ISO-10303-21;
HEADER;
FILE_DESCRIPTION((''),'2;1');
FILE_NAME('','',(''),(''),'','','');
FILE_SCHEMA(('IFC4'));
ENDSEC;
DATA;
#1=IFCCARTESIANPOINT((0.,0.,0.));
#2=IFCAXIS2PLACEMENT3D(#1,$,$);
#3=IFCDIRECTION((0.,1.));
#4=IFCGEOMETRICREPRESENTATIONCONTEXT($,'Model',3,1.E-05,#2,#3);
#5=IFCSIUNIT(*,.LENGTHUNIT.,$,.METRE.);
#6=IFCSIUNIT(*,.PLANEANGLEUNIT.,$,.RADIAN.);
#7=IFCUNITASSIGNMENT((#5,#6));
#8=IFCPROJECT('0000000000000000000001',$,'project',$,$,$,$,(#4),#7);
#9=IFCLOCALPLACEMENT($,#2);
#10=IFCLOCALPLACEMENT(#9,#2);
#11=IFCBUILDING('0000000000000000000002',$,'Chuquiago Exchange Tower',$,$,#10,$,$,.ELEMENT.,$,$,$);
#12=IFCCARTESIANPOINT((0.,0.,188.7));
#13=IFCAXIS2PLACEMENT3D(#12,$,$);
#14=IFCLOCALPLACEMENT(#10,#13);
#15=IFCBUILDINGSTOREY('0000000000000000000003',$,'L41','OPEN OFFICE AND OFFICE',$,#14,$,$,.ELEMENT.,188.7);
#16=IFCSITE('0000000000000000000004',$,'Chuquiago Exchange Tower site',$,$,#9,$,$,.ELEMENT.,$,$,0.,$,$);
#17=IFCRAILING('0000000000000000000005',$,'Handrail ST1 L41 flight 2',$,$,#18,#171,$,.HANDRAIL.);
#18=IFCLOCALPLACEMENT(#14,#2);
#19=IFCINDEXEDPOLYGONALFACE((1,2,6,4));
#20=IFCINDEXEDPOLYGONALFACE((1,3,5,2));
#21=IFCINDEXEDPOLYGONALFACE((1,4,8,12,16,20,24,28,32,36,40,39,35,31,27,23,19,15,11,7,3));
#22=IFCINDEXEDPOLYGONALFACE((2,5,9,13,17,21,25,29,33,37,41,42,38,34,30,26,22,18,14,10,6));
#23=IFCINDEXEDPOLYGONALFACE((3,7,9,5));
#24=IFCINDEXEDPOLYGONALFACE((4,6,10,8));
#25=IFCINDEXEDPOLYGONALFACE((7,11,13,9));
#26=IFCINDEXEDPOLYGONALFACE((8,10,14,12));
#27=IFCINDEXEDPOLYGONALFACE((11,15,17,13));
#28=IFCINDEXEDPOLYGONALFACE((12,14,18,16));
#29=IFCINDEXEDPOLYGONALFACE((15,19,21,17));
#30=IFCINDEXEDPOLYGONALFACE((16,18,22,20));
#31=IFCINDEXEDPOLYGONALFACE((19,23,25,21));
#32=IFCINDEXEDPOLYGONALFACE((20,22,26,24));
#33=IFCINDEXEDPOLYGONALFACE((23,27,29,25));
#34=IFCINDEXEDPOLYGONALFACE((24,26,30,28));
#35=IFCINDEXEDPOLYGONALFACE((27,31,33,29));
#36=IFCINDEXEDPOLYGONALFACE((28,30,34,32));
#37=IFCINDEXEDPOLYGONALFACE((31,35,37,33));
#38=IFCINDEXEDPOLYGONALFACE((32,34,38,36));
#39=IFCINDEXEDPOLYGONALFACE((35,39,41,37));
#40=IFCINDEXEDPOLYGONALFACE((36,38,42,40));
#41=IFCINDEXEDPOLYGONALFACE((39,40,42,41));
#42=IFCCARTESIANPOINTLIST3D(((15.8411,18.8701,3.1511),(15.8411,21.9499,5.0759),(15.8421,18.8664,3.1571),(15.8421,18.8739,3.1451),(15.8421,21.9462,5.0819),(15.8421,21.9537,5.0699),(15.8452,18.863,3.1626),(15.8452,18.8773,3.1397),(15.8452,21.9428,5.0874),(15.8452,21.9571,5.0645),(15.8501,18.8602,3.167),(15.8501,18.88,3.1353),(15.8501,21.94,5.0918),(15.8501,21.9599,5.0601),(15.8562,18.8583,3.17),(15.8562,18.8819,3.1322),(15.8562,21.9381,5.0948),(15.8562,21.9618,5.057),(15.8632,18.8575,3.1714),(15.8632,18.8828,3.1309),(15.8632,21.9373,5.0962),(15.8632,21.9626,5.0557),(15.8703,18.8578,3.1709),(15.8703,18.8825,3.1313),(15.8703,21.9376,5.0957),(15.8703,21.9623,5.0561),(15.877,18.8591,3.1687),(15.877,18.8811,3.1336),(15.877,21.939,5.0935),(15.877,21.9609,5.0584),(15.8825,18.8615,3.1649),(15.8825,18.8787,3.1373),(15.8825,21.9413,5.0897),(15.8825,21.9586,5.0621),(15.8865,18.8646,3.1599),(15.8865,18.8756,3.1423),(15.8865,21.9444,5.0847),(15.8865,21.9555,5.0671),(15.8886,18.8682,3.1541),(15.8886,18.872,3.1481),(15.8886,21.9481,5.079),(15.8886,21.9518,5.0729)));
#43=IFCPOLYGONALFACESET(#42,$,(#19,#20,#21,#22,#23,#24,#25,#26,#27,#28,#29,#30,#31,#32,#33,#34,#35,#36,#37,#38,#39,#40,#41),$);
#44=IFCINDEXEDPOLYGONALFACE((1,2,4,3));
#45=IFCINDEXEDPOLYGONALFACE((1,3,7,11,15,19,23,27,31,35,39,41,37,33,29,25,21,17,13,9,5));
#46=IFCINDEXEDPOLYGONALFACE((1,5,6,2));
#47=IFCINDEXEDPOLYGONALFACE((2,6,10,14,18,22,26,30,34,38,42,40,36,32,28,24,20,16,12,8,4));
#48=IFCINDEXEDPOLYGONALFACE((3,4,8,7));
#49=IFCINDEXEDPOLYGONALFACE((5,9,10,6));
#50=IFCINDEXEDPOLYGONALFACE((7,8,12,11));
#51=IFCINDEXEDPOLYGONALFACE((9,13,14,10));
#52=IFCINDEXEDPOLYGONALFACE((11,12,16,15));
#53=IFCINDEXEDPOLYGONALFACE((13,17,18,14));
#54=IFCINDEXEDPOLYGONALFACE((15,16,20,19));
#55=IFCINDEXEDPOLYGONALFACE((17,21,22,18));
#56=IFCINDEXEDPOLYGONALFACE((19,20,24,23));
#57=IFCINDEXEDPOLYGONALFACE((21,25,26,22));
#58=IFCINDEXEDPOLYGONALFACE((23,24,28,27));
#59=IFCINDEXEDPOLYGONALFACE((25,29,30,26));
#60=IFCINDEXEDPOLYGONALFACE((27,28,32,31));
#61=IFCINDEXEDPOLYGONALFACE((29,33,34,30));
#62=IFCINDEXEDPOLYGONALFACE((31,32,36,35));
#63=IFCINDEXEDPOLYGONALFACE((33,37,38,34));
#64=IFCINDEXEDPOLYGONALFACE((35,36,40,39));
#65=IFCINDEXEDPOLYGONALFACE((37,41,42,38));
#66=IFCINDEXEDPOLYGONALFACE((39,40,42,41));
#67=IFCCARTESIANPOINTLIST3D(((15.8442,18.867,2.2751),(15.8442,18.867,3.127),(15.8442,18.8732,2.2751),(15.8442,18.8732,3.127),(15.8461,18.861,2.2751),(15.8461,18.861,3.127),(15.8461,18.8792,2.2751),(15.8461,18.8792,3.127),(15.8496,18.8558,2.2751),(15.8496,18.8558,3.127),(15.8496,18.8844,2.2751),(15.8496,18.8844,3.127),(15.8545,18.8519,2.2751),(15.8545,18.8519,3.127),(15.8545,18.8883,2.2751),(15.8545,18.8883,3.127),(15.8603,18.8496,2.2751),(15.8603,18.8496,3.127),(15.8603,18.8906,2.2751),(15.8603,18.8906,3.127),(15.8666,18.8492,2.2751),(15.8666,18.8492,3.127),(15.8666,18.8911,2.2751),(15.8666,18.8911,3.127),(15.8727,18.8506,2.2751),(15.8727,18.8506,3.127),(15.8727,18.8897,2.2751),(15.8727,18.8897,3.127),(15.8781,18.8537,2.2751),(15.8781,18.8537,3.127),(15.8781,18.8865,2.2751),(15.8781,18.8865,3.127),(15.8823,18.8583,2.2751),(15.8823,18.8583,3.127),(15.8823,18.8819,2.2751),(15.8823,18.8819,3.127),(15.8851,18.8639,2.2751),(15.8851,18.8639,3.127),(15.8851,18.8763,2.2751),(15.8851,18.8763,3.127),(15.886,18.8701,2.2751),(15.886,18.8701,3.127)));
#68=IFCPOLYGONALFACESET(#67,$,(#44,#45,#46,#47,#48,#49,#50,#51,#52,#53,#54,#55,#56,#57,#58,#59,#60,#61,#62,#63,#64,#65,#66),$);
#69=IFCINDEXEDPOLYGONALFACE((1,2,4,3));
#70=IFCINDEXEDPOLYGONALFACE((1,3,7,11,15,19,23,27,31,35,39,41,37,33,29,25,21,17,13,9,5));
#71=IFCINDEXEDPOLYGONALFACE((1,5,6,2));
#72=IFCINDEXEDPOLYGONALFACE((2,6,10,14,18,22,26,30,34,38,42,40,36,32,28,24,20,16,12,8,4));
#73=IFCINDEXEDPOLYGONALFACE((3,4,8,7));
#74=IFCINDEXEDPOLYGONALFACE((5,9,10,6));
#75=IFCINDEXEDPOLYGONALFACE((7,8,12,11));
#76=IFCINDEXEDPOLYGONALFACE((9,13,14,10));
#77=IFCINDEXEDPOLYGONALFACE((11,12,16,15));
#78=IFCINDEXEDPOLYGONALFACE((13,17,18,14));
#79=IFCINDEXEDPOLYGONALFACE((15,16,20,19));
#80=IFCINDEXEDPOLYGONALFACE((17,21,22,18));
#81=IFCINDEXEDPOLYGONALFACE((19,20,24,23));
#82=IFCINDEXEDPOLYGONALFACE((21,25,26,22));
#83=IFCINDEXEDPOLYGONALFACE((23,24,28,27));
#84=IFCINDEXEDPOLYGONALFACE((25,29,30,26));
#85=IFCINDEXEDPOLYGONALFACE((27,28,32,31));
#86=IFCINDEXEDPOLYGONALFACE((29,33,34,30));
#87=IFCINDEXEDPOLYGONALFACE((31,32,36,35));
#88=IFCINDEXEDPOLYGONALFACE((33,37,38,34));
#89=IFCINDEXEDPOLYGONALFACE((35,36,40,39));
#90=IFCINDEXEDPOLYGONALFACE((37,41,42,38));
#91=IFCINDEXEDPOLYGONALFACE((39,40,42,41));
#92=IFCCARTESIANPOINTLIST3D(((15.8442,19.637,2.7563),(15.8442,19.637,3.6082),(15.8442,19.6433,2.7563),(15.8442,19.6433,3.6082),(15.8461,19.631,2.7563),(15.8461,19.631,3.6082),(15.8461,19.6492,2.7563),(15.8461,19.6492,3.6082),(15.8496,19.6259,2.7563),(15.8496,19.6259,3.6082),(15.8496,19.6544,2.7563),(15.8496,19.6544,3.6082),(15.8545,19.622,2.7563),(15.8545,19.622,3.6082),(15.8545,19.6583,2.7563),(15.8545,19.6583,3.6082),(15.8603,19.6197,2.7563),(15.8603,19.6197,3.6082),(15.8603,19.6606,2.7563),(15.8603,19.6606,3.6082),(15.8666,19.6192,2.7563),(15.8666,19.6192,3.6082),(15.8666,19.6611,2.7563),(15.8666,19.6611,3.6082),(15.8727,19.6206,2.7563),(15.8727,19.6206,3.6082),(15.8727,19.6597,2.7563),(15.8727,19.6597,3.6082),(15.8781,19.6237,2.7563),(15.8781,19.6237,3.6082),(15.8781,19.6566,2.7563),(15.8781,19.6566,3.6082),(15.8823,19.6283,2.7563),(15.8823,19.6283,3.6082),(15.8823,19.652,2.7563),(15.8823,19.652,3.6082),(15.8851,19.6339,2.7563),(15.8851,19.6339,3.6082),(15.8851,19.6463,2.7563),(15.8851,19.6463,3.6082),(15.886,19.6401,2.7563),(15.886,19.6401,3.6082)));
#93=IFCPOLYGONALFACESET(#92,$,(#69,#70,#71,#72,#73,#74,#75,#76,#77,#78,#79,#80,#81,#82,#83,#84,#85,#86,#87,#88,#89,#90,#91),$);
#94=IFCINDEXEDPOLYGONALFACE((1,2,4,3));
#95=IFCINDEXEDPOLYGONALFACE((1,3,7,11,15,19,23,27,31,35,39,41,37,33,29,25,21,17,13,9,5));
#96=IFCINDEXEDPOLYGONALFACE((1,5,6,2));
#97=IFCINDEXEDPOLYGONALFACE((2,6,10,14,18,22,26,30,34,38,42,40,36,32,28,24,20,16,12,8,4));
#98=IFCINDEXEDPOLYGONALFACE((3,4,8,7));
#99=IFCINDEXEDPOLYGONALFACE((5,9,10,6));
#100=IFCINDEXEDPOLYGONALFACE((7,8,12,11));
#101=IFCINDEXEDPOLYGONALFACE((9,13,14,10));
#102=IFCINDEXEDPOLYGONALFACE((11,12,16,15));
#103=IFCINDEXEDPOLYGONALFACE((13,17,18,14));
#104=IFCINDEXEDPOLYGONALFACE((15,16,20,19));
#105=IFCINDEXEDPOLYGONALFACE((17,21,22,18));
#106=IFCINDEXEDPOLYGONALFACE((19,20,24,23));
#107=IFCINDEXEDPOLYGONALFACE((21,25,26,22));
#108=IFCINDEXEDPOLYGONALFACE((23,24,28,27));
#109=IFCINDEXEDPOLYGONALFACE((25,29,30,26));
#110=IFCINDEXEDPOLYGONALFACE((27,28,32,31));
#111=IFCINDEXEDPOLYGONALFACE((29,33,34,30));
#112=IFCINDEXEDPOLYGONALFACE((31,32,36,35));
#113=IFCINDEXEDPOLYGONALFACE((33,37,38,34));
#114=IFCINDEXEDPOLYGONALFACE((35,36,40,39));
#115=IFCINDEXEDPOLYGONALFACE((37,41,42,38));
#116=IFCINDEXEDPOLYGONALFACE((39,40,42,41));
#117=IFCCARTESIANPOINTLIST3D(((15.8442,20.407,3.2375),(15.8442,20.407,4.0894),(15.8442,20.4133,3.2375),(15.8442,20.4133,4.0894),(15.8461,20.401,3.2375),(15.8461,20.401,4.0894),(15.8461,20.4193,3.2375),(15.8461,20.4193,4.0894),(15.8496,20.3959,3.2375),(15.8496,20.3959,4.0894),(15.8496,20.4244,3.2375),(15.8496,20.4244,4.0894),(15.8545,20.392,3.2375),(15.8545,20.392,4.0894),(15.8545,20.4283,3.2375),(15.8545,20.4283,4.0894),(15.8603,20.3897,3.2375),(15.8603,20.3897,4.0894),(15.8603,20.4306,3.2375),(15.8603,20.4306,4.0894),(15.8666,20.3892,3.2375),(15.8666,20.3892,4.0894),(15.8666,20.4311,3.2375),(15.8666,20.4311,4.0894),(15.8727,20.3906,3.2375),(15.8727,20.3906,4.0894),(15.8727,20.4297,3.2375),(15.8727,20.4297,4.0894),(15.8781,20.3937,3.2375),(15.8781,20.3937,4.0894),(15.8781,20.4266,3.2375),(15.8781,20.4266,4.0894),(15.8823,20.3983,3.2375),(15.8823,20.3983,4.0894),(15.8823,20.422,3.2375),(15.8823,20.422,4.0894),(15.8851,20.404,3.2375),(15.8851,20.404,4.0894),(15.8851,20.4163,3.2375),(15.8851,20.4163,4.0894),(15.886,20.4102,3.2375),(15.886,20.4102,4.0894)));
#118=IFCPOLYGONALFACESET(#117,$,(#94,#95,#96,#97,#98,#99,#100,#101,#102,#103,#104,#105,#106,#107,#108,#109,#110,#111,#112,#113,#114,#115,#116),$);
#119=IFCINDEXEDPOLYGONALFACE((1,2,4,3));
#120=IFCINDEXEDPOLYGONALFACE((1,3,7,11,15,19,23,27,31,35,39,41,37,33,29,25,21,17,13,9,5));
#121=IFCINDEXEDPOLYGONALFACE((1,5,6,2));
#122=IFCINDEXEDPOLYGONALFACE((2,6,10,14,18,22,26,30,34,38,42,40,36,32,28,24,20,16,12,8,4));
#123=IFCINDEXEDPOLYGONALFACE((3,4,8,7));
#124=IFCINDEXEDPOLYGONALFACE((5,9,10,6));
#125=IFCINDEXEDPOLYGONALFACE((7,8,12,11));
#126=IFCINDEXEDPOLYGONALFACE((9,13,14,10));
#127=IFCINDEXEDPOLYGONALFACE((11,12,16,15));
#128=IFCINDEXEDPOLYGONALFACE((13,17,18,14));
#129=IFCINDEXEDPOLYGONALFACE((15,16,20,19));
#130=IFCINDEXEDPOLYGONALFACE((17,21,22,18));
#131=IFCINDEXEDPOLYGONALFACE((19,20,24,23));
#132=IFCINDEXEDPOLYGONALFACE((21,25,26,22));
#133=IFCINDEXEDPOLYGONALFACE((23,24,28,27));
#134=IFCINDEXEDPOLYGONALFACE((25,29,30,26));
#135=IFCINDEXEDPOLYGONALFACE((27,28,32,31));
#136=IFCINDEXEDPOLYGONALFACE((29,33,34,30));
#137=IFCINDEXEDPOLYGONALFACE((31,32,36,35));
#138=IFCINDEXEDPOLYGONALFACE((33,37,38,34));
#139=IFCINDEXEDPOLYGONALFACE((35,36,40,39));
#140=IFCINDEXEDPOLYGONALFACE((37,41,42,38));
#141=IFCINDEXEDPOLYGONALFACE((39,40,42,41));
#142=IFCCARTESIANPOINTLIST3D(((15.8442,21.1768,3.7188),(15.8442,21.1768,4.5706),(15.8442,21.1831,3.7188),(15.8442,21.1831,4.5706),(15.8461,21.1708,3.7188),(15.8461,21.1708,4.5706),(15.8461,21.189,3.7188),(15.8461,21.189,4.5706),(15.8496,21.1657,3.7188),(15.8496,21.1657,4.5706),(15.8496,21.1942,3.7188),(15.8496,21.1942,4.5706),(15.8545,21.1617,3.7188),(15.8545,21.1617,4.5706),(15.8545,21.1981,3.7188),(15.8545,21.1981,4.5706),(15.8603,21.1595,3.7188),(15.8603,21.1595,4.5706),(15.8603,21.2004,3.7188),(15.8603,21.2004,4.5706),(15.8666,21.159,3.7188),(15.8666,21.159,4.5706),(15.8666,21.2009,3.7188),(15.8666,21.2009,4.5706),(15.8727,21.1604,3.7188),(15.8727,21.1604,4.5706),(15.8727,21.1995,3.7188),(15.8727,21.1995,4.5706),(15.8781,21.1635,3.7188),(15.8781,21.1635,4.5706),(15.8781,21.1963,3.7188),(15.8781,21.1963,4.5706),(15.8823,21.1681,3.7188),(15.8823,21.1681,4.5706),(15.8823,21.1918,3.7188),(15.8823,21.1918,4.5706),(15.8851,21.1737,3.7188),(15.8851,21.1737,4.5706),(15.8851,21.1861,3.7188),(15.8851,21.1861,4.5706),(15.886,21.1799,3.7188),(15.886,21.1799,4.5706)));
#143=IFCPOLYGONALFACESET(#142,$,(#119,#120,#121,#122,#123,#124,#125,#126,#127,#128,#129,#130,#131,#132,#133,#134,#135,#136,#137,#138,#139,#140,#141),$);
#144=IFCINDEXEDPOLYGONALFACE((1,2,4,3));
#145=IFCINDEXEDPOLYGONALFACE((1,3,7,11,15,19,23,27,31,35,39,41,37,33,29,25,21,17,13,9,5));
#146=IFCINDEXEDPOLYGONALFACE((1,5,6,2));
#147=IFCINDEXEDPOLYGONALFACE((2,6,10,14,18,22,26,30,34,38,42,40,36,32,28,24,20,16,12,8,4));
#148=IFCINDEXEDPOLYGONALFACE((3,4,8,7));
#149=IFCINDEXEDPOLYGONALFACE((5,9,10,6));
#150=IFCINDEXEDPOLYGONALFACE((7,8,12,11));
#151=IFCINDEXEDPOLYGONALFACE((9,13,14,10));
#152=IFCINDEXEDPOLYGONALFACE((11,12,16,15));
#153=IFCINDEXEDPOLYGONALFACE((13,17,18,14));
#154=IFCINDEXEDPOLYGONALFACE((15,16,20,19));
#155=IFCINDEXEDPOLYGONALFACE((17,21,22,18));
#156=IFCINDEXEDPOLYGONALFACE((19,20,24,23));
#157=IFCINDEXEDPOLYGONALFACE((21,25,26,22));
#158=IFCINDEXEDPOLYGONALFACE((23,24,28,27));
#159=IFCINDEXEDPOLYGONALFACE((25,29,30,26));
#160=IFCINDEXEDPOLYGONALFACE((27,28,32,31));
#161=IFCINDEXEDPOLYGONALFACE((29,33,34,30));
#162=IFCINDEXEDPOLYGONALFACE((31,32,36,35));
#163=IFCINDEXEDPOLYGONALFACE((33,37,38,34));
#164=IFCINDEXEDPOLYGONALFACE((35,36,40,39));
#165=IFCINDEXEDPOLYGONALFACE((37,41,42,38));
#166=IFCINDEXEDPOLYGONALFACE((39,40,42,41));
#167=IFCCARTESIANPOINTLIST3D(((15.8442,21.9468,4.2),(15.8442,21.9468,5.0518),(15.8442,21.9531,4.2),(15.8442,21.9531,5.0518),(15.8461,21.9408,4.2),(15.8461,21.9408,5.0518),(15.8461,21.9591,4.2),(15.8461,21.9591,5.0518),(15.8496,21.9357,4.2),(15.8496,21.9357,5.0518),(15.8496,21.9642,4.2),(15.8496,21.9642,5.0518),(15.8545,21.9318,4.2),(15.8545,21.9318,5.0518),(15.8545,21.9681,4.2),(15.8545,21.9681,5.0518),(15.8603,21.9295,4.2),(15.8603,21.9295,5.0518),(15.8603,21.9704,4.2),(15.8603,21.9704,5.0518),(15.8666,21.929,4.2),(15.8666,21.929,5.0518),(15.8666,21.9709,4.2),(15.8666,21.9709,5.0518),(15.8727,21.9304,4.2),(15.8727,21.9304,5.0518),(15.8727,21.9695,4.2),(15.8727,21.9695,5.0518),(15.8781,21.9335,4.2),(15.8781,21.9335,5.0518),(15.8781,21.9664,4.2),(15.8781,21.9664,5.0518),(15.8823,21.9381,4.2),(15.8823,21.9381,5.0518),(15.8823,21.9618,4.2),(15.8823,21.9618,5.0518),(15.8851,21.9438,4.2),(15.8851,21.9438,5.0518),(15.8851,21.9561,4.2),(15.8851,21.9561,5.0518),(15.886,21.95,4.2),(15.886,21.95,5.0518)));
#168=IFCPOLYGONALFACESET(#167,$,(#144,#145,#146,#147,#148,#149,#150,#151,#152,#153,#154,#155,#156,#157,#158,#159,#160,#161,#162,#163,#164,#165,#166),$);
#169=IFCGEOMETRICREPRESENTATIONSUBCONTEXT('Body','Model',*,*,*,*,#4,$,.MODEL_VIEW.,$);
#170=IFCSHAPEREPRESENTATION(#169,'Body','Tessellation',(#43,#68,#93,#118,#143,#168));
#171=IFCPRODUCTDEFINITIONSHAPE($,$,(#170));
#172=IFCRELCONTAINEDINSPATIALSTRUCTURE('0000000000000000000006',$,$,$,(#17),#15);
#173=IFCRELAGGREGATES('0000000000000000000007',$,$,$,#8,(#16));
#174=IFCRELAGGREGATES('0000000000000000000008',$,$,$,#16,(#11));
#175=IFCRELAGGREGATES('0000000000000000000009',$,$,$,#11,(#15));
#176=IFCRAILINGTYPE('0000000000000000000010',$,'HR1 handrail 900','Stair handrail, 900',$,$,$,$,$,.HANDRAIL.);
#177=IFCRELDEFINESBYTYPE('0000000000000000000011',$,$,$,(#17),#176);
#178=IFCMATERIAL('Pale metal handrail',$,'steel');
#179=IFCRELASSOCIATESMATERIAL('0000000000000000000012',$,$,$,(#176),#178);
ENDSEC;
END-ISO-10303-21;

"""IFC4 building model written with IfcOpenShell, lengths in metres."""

from ifc_helpers import new_model, si_unit, direction, frame, origin, origin_2d, place, context, subcontext, project, spatial, circle, extrude, material, type_object, element, save


model = new_model("IFC4")

# Units and contexts
model_context = context("Model", 3, precision=1e-05, world=origin(), true_north=direction((0.0, 1.0)))
body_context = subcontext(model_context, "Body", "Model", "MODEL_VIEW")
ifc_project = project(units=[si_unit("LENGTHUNIT", "METRE"), si_unit("PLANEANGLEUNIT", "RADIAN")], contexts=[model_context])

# Site, building, storey
site_placement = place(None, origin())
site = spatial("IfcSite", under=ifc_project, at=site_placement, Name="Chuquiago Exchange Tower site", CompositionType="ELEMENT", RefElevation=0.0)
building_placement = place(site_placement, origin())
building = spatial("IfcBuilding", under=site, at=building_placement, Name="Chuquiago Exchange Tower", CompositionType="ELEMENT")
storey_placement = place(building_placement, frame((0.0, 0.0, 188.7)))
storey = spatial("IfcBuildingStorey", under=building, at=storey_placement, Name="L41", Description="OPEN OFFICE AND OFFICE", CompositionType="ELEMENT", Elevation=188.7)

# Railing
ifc_material_1 = material(Name="Pale metal handrail", Category="steel")
railing_type_1 = type_object("IfcRailingType", Name="HR1 handrail 900", Description="Stair handrail, 900", PredefinedType="HANDRAIL", material=ifc_material_1)
for number, where, name in (
    (1, (15.865, 18.8701, 2.2751), "Handrail ST1 L41 flight 2"),
):
    element("IfcRailing", number, at=place(storey_placement, frame(where)), inside=storey, type_object=railing_type_1, Name=name, PredefinedType="HANDRAIL", context=body_context, shape_type="SweptSolid", body=[
        extrude(circle(Radius=0.0239, at=origin_2d()), frame((0.0, 0.0, 0.876), z_axis=(0.0, 0.84801, 0.529981), x_axis=(-1.0, 0.0, 0.0)), (0.0, 0.0, 1.0), 3.6318),
        extrude(circle(Radius=0.021, at=origin_2d()), origin(), (0.0, 0.0, 1.0), 0.8518),
        extrude(circle(Radius=0.021, at=origin_2d()), frame((0.0, 0.77, 0.4812)), (0.0, 0.0, 1.0), 0.8518),
        extrude(circle(Radius=0.021, at=origin_2d()), frame((0.0, 1.54, 0.9624)), (0.0, 0.0, 1.0), 0.8518),
        extrude(circle(Radius=0.021, at=origin_2d()), frame((0.0, 2.3098, 1.4436)), (0.0, 0.0, 1.0), 0.8518),
        extrude(circle(Radius=0.021, at=origin_2d()), frame((0.0, 3.0798, 1.9248)), (0.0, 0.0, 1.0), 0.8518),
    ])

save(model, "model.ifc")
